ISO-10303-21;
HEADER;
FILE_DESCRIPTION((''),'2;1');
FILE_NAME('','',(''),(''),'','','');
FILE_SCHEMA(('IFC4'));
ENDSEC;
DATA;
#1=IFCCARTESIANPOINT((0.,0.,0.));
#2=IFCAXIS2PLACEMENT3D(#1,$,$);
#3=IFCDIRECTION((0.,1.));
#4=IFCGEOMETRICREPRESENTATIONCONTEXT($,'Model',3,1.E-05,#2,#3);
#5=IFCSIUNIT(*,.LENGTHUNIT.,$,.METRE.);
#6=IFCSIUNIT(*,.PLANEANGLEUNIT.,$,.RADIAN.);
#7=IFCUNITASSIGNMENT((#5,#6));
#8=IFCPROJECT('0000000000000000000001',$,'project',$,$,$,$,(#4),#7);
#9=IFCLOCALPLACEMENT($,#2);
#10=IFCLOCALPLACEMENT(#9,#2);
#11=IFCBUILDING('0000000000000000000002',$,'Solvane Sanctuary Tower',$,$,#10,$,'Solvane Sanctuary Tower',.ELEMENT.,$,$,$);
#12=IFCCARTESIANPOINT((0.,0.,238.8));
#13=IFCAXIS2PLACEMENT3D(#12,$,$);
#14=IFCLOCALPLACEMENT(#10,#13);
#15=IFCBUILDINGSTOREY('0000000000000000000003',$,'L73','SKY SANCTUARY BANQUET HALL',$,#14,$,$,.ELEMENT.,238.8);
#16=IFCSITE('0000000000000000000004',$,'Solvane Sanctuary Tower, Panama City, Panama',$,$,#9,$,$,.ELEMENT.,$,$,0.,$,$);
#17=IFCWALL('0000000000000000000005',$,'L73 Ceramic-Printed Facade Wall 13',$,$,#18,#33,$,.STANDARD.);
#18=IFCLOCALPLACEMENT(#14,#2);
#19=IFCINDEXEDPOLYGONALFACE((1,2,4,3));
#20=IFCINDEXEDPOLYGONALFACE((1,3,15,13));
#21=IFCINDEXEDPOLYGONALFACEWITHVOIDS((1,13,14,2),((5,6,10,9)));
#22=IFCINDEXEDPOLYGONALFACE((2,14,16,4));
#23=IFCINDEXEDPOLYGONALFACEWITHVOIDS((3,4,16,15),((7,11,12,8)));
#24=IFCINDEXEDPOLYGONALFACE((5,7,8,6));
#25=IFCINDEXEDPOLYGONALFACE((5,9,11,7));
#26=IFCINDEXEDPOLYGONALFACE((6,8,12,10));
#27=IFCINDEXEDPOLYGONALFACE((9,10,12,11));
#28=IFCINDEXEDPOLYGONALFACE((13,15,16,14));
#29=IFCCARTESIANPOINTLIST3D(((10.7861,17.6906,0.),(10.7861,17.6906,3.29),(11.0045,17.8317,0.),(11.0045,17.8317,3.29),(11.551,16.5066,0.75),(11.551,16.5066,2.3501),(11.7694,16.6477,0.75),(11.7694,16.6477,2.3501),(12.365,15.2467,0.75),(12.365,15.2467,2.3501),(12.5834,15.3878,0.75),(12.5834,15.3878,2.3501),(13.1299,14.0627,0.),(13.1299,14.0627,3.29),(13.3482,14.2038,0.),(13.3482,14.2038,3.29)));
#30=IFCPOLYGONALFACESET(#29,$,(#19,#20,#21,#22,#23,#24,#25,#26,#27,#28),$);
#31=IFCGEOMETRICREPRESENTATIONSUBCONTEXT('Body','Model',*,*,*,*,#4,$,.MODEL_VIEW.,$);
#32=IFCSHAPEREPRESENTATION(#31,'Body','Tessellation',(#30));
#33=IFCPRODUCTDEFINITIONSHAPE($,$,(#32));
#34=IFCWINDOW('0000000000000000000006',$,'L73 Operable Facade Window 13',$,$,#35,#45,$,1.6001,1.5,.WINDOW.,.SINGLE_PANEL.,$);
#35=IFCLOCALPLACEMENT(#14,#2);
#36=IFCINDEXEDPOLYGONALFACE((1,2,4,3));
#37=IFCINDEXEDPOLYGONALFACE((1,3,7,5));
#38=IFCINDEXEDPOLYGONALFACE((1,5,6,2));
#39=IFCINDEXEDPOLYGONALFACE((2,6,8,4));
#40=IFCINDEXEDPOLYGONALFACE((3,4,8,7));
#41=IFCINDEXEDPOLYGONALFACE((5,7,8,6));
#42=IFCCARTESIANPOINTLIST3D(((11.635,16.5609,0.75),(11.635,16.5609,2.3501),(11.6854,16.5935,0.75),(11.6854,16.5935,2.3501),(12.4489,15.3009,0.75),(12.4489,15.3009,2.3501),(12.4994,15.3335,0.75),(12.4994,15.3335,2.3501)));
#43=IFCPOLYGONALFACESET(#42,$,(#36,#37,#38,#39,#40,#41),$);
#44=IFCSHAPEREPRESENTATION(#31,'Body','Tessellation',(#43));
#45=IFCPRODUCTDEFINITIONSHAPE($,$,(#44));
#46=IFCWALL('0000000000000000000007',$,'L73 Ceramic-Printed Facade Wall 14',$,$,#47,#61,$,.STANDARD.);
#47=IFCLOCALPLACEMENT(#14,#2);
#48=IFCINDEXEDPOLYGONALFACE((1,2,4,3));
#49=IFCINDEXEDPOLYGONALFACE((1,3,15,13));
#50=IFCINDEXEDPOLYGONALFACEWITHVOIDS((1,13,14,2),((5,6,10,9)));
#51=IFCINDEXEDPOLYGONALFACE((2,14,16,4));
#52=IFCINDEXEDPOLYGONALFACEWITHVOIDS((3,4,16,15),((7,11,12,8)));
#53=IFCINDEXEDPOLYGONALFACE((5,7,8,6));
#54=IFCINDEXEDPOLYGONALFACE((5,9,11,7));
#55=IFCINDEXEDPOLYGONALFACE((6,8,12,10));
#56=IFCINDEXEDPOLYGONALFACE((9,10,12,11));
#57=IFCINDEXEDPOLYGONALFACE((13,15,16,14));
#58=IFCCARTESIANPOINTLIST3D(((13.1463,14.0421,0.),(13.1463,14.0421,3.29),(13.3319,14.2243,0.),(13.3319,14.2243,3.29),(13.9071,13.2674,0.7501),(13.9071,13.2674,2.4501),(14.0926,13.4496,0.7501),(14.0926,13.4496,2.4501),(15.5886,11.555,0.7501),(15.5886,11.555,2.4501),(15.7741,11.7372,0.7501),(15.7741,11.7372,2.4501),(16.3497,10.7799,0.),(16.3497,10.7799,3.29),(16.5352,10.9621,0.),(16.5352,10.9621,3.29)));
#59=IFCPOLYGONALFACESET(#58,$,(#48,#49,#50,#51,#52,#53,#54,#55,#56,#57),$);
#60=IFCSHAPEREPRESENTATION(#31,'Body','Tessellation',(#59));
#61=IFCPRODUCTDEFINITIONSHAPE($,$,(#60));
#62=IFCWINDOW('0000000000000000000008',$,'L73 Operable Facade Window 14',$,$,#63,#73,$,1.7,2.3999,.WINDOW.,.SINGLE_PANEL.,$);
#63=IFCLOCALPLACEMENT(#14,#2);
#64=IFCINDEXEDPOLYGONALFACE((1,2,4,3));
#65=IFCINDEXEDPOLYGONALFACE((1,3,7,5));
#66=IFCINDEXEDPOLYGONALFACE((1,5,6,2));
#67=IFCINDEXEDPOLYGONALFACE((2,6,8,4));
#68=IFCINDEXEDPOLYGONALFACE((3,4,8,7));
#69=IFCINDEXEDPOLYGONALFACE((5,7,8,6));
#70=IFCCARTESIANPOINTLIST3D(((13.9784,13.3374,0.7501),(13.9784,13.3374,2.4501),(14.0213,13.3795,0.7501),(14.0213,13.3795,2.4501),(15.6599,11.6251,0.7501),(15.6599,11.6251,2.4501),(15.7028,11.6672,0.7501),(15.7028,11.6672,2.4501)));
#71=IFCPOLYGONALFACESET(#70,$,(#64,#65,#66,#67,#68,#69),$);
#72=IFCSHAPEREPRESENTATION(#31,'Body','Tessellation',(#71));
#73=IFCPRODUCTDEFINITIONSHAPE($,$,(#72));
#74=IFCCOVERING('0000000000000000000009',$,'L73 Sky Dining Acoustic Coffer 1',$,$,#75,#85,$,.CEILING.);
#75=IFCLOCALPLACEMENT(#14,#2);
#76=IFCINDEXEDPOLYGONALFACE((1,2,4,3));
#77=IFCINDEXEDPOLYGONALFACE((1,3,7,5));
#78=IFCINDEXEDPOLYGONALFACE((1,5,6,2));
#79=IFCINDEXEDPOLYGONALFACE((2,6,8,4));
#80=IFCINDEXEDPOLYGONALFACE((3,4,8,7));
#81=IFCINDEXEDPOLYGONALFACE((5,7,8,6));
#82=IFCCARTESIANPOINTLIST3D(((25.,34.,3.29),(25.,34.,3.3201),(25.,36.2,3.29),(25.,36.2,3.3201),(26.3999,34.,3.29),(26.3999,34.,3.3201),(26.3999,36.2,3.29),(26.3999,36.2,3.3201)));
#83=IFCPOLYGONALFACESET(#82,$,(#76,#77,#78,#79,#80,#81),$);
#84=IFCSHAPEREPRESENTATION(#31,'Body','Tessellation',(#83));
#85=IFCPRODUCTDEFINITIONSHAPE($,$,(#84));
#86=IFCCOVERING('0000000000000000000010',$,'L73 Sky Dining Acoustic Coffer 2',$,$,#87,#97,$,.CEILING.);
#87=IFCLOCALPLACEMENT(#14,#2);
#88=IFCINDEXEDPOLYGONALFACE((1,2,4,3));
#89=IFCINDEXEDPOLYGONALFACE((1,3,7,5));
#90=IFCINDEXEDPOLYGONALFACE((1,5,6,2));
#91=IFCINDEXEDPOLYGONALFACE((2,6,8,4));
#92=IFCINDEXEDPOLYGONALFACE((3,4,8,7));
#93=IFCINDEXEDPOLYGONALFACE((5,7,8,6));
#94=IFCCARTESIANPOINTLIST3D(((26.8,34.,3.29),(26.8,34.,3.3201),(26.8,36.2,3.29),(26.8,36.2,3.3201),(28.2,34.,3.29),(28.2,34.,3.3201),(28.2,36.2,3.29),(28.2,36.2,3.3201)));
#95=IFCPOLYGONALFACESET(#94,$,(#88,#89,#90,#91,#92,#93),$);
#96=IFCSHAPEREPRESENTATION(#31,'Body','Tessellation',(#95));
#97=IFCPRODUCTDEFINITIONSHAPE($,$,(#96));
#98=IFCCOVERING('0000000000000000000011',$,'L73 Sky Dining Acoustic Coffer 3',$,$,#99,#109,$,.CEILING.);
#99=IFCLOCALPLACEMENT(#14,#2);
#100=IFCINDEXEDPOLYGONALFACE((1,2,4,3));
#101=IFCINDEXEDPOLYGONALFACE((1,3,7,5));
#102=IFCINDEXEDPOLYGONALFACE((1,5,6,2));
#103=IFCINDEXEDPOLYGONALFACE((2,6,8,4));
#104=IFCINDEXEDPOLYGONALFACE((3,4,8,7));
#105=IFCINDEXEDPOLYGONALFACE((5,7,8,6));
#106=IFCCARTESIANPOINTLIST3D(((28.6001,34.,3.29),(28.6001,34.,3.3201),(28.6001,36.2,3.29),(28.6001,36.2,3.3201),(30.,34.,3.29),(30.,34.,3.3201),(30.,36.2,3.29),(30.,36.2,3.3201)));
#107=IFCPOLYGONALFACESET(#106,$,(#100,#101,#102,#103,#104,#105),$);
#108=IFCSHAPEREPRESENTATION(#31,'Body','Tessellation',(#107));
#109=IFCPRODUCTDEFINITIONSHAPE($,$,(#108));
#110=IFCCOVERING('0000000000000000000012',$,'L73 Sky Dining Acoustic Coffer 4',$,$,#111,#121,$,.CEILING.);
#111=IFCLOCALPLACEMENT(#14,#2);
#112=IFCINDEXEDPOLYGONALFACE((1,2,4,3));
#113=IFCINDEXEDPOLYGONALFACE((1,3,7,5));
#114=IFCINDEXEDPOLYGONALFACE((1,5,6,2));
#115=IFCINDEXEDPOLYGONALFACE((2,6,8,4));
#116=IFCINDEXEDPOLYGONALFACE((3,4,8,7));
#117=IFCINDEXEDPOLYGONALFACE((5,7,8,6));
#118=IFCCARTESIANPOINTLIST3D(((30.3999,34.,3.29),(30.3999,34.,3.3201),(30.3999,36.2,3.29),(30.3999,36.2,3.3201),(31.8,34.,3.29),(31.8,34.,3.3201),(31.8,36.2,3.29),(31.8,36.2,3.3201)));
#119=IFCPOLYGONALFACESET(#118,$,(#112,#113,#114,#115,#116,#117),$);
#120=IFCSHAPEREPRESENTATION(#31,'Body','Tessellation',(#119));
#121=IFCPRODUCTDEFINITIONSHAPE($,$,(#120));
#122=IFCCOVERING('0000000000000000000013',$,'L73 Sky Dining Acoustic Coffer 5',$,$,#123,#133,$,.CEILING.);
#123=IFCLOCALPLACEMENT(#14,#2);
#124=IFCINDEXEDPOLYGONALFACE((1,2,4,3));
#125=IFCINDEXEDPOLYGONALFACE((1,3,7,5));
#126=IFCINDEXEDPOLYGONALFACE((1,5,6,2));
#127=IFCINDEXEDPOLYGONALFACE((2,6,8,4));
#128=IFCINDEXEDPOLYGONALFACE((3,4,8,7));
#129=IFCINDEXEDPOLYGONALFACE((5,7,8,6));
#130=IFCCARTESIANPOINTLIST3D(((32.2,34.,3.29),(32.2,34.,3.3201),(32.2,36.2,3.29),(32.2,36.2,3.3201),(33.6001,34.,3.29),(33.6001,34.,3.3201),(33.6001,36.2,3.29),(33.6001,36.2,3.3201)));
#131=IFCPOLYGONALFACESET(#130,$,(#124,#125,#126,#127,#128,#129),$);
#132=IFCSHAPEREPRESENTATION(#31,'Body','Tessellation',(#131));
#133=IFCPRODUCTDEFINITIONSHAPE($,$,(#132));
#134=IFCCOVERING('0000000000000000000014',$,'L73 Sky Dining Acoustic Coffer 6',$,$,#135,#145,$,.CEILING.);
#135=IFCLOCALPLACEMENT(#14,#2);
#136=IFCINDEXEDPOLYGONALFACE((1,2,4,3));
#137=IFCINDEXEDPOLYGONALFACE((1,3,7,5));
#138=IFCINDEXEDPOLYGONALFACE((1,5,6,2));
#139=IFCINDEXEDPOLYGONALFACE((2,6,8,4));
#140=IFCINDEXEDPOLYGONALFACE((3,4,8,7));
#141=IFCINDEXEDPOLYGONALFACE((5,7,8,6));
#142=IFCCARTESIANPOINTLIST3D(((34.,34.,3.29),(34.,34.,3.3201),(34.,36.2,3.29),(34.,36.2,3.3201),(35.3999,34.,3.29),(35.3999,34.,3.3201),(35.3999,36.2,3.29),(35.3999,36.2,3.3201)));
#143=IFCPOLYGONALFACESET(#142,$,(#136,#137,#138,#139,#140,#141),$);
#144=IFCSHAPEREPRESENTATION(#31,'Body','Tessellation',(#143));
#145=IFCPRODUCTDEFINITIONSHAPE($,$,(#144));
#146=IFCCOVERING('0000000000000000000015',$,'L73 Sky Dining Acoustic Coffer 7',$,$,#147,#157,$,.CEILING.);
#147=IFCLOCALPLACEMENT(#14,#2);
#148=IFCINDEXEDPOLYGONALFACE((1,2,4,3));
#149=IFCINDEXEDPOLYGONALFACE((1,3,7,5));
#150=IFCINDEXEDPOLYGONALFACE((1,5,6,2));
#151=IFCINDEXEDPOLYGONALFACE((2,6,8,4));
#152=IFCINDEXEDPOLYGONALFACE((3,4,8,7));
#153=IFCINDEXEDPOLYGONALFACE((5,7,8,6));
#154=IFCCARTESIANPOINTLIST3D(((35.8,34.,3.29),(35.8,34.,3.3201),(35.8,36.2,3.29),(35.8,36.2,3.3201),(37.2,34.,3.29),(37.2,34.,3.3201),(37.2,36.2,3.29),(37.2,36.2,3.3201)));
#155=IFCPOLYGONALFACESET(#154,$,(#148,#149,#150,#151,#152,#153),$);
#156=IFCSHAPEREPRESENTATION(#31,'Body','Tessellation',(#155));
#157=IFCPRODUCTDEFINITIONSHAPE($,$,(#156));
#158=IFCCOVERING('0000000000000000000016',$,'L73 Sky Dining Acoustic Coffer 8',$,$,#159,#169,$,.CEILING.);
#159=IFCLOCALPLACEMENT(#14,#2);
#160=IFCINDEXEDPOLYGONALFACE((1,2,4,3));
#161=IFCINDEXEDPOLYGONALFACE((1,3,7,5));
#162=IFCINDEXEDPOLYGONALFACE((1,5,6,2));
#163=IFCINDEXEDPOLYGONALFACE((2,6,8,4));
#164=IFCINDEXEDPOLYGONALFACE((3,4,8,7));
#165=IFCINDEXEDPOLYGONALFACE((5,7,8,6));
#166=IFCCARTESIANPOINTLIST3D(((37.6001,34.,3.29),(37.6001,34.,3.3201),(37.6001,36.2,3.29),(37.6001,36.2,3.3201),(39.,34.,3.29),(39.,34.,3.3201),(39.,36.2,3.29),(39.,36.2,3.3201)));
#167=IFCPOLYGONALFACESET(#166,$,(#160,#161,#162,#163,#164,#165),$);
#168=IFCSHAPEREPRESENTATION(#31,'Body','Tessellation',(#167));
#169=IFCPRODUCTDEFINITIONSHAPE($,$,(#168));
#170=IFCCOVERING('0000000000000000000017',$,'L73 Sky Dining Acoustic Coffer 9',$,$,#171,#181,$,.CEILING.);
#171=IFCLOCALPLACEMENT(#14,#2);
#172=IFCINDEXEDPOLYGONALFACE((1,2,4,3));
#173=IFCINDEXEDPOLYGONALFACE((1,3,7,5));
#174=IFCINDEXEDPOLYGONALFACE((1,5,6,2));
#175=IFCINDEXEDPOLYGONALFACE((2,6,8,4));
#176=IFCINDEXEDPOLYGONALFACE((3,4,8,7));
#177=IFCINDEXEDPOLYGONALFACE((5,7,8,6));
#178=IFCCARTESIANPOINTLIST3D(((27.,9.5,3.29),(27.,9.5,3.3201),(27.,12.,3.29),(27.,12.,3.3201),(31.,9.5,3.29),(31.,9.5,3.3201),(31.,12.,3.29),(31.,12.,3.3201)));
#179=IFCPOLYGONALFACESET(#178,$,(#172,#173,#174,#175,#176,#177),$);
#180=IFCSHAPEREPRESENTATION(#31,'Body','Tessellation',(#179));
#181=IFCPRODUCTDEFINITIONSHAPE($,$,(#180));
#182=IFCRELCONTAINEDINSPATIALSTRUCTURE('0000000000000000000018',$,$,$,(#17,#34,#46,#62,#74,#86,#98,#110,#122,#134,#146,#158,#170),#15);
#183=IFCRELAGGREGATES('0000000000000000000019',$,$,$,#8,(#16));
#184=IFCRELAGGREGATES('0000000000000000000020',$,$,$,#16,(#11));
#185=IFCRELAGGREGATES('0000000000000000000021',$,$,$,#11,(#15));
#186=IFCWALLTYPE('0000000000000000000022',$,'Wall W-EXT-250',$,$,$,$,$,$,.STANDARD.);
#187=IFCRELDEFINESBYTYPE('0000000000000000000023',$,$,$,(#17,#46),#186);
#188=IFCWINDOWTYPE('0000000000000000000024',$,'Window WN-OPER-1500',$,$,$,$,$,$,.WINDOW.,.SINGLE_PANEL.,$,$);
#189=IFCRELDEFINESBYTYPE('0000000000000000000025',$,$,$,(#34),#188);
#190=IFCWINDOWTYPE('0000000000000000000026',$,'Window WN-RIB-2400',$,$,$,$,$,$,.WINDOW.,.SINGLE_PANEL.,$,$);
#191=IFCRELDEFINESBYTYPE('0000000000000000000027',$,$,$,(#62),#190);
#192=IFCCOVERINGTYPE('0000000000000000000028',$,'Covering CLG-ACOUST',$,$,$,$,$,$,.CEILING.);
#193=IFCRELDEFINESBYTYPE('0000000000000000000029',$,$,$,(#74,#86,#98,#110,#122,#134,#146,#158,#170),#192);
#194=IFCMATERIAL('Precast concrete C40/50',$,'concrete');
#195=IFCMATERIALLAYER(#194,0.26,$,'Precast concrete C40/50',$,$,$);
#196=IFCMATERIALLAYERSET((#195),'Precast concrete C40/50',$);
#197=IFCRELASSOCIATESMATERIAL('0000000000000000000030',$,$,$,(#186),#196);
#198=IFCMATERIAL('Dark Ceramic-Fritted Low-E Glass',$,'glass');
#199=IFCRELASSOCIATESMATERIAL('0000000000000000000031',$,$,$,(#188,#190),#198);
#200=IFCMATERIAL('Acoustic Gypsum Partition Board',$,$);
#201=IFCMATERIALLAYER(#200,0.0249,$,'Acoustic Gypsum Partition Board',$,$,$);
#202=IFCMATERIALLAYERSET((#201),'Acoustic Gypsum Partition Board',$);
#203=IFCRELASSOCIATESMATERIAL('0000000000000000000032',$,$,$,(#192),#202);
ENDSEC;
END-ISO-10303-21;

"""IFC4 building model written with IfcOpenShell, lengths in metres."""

from ifc_helpers import new_model, si_unit, direction, frame, frame_2d, origin, place, context, subcontext, project, spatial, polyline, rectangle, outline, extrude, material, layer, layer_set, type_object, element, fill, save


model = new_model("IFC4")

# Units and contexts
model_context = context("Model", 3, precision=1e-05, world=origin(), true_north=direction((0.0, 1.0)))
body_context = subcontext(model_context, "Body", "Model", "MODEL_VIEW")
ifc_project = project(units=[si_unit("LENGTHUNIT", "METRE"), si_unit("PLANEANGLEUNIT", "RADIAN")], contexts=[model_context])

# Site, building, storey
site_placement = place(None, origin())
site = spatial("IfcSite", under=ifc_project, at=site_placement, Name="Solvane Sanctuary Tower, Panama City, Panama", CompositionType="ELEMENT", RefElevation=0.0)
building_placement = place(site_placement, origin())
building = spatial("IfcBuilding", under=site, at=building_placement, Name="Solvane Sanctuary Tower", LongName="Solvane Sanctuary Tower", CompositionType="ELEMENT")
storey_placement = place(building_placement, frame((0.0, 0.0, 238.8)))
storey = spatial("IfcBuildingStorey", under=building, at=storey_placement, Name="L73", Description="SKY SANCTUARY BANQUET HALL", CompositionType="ELEMENT", Elevation=238.8)

# Shared definitions
ifc_material_1 = material(Name="Acoustic Gypsum Partition Board")

# Walls, openings, windows
ifc_material_2 = material(Name="Precast concrete C40/50", Category="concrete")
ifc_layer_1 = layer(ifc_material_2, 0.26, Name="Precast concrete C40/50")
ifc_layer_set_1 = layer_set([ifc_layer_1], Name="Precast concrete C40/50")
wall_type_1 = type_object("IfcWallType", Name="Wall W-EXT-250", PredefinedType="STANDARD", material=ifc_layer_set_1)
wall_1_placement = place(storey_placement, frame((10.8953, 17.7612, 0.0), z_axis=(0.0, 0.0, 1.0), x_axis=(0.542642, -0.839964, 0.0)))
wall_1 = element("IfcWall", 1, at=wall_1_placement, inside=storey, type_object=wall_type_1, Name="L73 Ceramic-Printed Facade Wall 13", PredefinedType="STANDARD", context=body_context, shape_type="SweptSolid", body=[
    extrude(rectangle(XDim=4.3191, YDim=0.26, at=frame_2d((2.1597, 0.0))), origin(), (0.0, 0.0, 1.0), 3.29),
])
opening_1_placement = place(wall_1_placement, frame((1.4097, 0.0, 0.75)))
opening_1 = element("IfcOpeningElement", 2, at=opening_1_placement, cuts=wall_1, PredefinedType="OPENING", context=body_context, shape_type="SweptSolid", body=[
    extrude(rectangle(XDim=1.5, YDim=1.6001, at=frame_2d((0.75, 0.8))), frame((0.0, 0.1399, 0.0), z_axis=(0.0, -1.0, 0.0), x_axis=(1.0, 0.0, 0.0)), (0.0, 0.0, 1.0), 0.28),
])
ifc_material_3 = material(Name="Dark Ceramic-Fritted Low-E Glass", Category="glass")
window_type_1 = type_object("IfcWindowType", Name="Window WN-OPER-1500", PartitioningType="SINGLE_PANEL", PredefinedType="WINDOW", material=ifc_material_3)
window_1_placement = place(opening_1_placement, origin())
window_1 = element("IfcWindow", 3, at=window_1_placement, inside=storey, type_object=window_type_1, Name="L73 Operable Facade Window 13", OverallHeight=1.6001, OverallWidth=1.5, PartitioningType="SINGLE_PANEL", PredefinedType="WINDOW", context=body_context, shape_type="SweptSolid", body=[
    extrude(rectangle(XDim=1.5, YDim=1.6001, at=frame_2d((0.75, 0.8))), frame((0.0, 0.03, 0.0), z_axis=(0.0, -1.0, 0.0), x_axis=(1.0, 0.0, 0.0)), (0.0, 0.0, 1.0), 0.0601),
])
fill(opening_1, window_1)
wall_2_placement = place(storey_placement, frame((13.239, 14.1333, 0.0), z_axis=(0.0, 0.0, 1.0), x_axis=(0.700643, -0.713512, 0.0)))
wall_2 = element("IfcWall", 4, at=wall_2_placement, inside=storey, type_object=wall_type_1, Name="L73 Ceramic-Printed Facade Wall 14", PredefinedType="STANDARD", context=body_context, shape_type="SweptSolid", body=[
    extrude(rectangle(XDim=4.572, YDim=0.26, at=frame_2d((2.2861, 0.0))), origin(), (0.0, 0.0, 1.0), 3.29),
])
opening_2_placement = place(wall_2_placement, frame((1.0859, 0.0, 0.75)))
opening_2 = element("IfcOpeningElement", 5, at=opening_2_placement, cuts=wall_2, PredefinedType="OPENING", context=body_context, shape_type="SweptSolid", body=[
    extrude(rectangle(XDim=2.3999, YDim=1.7, at=frame_2d((1.2, 0.8501))), frame((0.0, 0.1399, 0.0), z_axis=(0.0, -1.0, 0.0), x_axis=(1.0, 0.0, 0.0)), (0.0, 0.0, 1.0), 0.28),
])
window_type_2 = type_object("IfcWindowType", Name="Window WN-RIB-2400", PartitioningType="SINGLE_PANEL", PredefinedType="WINDOW", material=ifc_material_3)
window_2_placement = place(opening_2_placement, origin())
window_2 = element("IfcWindow", 6, at=window_2_placement, inside=storey, type_object=window_type_2, Name="L73 Operable Facade Window 14", OverallHeight=1.7, OverallWidth=2.3999, PartitioningType="SINGLE_PANEL", PredefinedType="WINDOW", context=body_context, shape_type="SweptSolid", body=[
    extrude(rectangle(XDim=2.3999, YDim=1.7, at=frame_2d((1.2, 0.8501))), frame((0.0, 0.03, 0.0), z_axis=(0.0, -1.0, 0.0), x_axis=(1.0, 0.0, 0.0)), (0.0, 0.0, 1.0), 0.0601),
])
fill(opening_2, window_2)

# Coverings
ifc_layer_2 = layer(ifc_material_1, 0.0249, Name="Acoustic Gypsum Partition Board")
ifc_layer_set_2 = layer_set([ifc_layer_2], Name="Acoustic Gypsum Partition Board")
covering_type_1 = type_object("IfcCoveringType", Name="Covering CLG-ACOUST", PredefinedType="CEILING", material=ifc_layer_set_2)
covering_1_placement = place(storey_placement, frame((0.0, 0.0, 3.29)))
element("IfcCovering", 7, at=covering_1_placement, inside=storey, type_object=covering_type_1, Name="L73 Sky Dining Acoustic Coffer 1", PredefinedType="CEILING", context=body_context, shape_type="SweptSolid", body=[
    extrude(outline(polyline([(25.0, 34.0), (26.3999, 34.0), (26.3999, 36.2), (25.0, 36.2), (25.0, 34.0)])), origin(), (0.0, 0.0, 1.0), 0.03),
])
covering_2_placement = place(storey_placement, frame((0.0, 0.0, 3.29)))
element("IfcCovering", 8, at=covering_2_placement, inside=storey, type_object=covering_type_1, Name="L73 Sky Dining Acoustic Coffer 2", PredefinedType="CEILING", context=body_context, shape_type="SweptSolid", body=[
    extrude(outline(polyline([(26.8, 34.0), (28.2, 34.0), (28.2, 36.2), (26.8, 36.2), (26.8, 34.0)])), origin(), (0.0, 0.0, 1.0), 0.03),
])
covering_3_placement = place(storey_placement, frame((0.0, 0.0, 3.29)))
element("IfcCovering", 9, at=covering_3_placement, inside=storey, type_object=covering_type_1, Name="L73 Sky Dining Acoustic Coffer 3", PredefinedType="CEILING", context=body_context, shape_type="SweptSolid", body=[
    extrude(outline(polyline([(28.6001, 34.0), (30.0, 34.0), (30.0, 36.2), (28.6001, 36.2), (28.6001, 34.0)])), origin(), (0.0, 0.0, 1.0), 0.03),
])
covering_4_placement = place(storey_placement, frame((0.0, 0.0, 3.29)))
element("IfcCovering", 10, at=covering_4_placement, inside=storey, type_object=covering_type_1, Name="L73 Sky Dining Acoustic Coffer 4", PredefinedType="CEILING", context=body_context, shape_type="SweptSolid", body=[
    extrude(outline(polyline([(30.3999, 34.0), (31.8, 34.0), (31.8, 36.2), (30.3999, 36.2), (30.3999, 34.0)])), origin(), (0.0, 0.0, 1.0), 0.03),
])
covering_5_placement = place(storey_placement, frame((0.0, 0.0, 3.29)))
element("IfcCovering", 11, at=covering_5_placement, inside=storey, type_object=covering_type_1, Name="L73 Sky Dining Acoustic Coffer 5", PredefinedType="CEILING", context=body_context, shape_type="SweptSolid", body=[
    extrude(outline(polyline([(32.2, 34.0), (33.6001, 34.0), (33.6001, 36.2), (32.2, 36.2), (32.2, 34.0)])), origin(), (0.0, 0.0, 1.0), 0.03),
])
covering_6_placement = place(storey_placement, frame((0.0, 0.0, 3.29)))
element("IfcCovering", 12, at=covering_6_placement, inside=storey, type_object=covering_type_1, Name="L73 Sky Dining Acoustic Coffer 6", PredefinedType="CEILING", context=body_context, shape_type="SweptSolid", body=[
    extrude(outline(polyline([(34.0, 34.0), (35.3999, 34.0), (35.3999, 36.2), (34.0, 36.2), (34.0, 34.0)])), origin(), (0.0, 0.0, 1.0), 0.03),
])
covering_7_placement = place(storey_placement, frame((0.0, 0.0, 3.29)))
element("IfcCovering", 13, at=covering_7_placement, inside=storey, type_object=covering_type_1, Name="L73 Sky Dining Acoustic Coffer 7", PredefinedType="CEILING", context=body_context, shape_type="SweptSolid", body=[
    extrude(outline(polyline([(35.8, 34.0), (37.2, 34.0), (37.2, 36.2), (35.8, 36.2), (35.8, 34.0)])), origin(), (0.0, 0.0, 1.0), 0.03),
])
covering_8_placement = place(storey_placement, frame((0.0, 0.0, 3.29)))
element("IfcCovering", 14, at=covering_8_placement, inside=storey, type_object=covering_type_1, Name="L73 Sky Dining Acoustic Coffer 8", PredefinedType="CEILING", context=body_context, shape_type="SweptSolid", body=[
    extrude(outline(polyline([(37.6001, 34.0), (39.0, 34.0), (39.0, 36.2), (37.6001, 36.2), (37.6001, 34.0)])), origin(), (0.0, 0.0, 1.0), 0.03),
])
covering_9_placement = place(storey_placement, frame((0.0, 0.0, 3.29)))
element("IfcCovering", 15, at=covering_9_placement, inside=storey, type_object=covering_type_1, Name="L73 Sky Dining Acoustic Coffer 9", PredefinedType="CEILING", context=body_context, shape_type="SweptSolid", body=[
    extrude(outline(polyline([(27.0, 9.5), (31.0, 9.5), (31.0, 12.0), (27.0, 12.0), (27.0, 9.5)])), origin(), (0.0, 0.0, 1.0), 0.03),
])

save(model, "model.ifc")
